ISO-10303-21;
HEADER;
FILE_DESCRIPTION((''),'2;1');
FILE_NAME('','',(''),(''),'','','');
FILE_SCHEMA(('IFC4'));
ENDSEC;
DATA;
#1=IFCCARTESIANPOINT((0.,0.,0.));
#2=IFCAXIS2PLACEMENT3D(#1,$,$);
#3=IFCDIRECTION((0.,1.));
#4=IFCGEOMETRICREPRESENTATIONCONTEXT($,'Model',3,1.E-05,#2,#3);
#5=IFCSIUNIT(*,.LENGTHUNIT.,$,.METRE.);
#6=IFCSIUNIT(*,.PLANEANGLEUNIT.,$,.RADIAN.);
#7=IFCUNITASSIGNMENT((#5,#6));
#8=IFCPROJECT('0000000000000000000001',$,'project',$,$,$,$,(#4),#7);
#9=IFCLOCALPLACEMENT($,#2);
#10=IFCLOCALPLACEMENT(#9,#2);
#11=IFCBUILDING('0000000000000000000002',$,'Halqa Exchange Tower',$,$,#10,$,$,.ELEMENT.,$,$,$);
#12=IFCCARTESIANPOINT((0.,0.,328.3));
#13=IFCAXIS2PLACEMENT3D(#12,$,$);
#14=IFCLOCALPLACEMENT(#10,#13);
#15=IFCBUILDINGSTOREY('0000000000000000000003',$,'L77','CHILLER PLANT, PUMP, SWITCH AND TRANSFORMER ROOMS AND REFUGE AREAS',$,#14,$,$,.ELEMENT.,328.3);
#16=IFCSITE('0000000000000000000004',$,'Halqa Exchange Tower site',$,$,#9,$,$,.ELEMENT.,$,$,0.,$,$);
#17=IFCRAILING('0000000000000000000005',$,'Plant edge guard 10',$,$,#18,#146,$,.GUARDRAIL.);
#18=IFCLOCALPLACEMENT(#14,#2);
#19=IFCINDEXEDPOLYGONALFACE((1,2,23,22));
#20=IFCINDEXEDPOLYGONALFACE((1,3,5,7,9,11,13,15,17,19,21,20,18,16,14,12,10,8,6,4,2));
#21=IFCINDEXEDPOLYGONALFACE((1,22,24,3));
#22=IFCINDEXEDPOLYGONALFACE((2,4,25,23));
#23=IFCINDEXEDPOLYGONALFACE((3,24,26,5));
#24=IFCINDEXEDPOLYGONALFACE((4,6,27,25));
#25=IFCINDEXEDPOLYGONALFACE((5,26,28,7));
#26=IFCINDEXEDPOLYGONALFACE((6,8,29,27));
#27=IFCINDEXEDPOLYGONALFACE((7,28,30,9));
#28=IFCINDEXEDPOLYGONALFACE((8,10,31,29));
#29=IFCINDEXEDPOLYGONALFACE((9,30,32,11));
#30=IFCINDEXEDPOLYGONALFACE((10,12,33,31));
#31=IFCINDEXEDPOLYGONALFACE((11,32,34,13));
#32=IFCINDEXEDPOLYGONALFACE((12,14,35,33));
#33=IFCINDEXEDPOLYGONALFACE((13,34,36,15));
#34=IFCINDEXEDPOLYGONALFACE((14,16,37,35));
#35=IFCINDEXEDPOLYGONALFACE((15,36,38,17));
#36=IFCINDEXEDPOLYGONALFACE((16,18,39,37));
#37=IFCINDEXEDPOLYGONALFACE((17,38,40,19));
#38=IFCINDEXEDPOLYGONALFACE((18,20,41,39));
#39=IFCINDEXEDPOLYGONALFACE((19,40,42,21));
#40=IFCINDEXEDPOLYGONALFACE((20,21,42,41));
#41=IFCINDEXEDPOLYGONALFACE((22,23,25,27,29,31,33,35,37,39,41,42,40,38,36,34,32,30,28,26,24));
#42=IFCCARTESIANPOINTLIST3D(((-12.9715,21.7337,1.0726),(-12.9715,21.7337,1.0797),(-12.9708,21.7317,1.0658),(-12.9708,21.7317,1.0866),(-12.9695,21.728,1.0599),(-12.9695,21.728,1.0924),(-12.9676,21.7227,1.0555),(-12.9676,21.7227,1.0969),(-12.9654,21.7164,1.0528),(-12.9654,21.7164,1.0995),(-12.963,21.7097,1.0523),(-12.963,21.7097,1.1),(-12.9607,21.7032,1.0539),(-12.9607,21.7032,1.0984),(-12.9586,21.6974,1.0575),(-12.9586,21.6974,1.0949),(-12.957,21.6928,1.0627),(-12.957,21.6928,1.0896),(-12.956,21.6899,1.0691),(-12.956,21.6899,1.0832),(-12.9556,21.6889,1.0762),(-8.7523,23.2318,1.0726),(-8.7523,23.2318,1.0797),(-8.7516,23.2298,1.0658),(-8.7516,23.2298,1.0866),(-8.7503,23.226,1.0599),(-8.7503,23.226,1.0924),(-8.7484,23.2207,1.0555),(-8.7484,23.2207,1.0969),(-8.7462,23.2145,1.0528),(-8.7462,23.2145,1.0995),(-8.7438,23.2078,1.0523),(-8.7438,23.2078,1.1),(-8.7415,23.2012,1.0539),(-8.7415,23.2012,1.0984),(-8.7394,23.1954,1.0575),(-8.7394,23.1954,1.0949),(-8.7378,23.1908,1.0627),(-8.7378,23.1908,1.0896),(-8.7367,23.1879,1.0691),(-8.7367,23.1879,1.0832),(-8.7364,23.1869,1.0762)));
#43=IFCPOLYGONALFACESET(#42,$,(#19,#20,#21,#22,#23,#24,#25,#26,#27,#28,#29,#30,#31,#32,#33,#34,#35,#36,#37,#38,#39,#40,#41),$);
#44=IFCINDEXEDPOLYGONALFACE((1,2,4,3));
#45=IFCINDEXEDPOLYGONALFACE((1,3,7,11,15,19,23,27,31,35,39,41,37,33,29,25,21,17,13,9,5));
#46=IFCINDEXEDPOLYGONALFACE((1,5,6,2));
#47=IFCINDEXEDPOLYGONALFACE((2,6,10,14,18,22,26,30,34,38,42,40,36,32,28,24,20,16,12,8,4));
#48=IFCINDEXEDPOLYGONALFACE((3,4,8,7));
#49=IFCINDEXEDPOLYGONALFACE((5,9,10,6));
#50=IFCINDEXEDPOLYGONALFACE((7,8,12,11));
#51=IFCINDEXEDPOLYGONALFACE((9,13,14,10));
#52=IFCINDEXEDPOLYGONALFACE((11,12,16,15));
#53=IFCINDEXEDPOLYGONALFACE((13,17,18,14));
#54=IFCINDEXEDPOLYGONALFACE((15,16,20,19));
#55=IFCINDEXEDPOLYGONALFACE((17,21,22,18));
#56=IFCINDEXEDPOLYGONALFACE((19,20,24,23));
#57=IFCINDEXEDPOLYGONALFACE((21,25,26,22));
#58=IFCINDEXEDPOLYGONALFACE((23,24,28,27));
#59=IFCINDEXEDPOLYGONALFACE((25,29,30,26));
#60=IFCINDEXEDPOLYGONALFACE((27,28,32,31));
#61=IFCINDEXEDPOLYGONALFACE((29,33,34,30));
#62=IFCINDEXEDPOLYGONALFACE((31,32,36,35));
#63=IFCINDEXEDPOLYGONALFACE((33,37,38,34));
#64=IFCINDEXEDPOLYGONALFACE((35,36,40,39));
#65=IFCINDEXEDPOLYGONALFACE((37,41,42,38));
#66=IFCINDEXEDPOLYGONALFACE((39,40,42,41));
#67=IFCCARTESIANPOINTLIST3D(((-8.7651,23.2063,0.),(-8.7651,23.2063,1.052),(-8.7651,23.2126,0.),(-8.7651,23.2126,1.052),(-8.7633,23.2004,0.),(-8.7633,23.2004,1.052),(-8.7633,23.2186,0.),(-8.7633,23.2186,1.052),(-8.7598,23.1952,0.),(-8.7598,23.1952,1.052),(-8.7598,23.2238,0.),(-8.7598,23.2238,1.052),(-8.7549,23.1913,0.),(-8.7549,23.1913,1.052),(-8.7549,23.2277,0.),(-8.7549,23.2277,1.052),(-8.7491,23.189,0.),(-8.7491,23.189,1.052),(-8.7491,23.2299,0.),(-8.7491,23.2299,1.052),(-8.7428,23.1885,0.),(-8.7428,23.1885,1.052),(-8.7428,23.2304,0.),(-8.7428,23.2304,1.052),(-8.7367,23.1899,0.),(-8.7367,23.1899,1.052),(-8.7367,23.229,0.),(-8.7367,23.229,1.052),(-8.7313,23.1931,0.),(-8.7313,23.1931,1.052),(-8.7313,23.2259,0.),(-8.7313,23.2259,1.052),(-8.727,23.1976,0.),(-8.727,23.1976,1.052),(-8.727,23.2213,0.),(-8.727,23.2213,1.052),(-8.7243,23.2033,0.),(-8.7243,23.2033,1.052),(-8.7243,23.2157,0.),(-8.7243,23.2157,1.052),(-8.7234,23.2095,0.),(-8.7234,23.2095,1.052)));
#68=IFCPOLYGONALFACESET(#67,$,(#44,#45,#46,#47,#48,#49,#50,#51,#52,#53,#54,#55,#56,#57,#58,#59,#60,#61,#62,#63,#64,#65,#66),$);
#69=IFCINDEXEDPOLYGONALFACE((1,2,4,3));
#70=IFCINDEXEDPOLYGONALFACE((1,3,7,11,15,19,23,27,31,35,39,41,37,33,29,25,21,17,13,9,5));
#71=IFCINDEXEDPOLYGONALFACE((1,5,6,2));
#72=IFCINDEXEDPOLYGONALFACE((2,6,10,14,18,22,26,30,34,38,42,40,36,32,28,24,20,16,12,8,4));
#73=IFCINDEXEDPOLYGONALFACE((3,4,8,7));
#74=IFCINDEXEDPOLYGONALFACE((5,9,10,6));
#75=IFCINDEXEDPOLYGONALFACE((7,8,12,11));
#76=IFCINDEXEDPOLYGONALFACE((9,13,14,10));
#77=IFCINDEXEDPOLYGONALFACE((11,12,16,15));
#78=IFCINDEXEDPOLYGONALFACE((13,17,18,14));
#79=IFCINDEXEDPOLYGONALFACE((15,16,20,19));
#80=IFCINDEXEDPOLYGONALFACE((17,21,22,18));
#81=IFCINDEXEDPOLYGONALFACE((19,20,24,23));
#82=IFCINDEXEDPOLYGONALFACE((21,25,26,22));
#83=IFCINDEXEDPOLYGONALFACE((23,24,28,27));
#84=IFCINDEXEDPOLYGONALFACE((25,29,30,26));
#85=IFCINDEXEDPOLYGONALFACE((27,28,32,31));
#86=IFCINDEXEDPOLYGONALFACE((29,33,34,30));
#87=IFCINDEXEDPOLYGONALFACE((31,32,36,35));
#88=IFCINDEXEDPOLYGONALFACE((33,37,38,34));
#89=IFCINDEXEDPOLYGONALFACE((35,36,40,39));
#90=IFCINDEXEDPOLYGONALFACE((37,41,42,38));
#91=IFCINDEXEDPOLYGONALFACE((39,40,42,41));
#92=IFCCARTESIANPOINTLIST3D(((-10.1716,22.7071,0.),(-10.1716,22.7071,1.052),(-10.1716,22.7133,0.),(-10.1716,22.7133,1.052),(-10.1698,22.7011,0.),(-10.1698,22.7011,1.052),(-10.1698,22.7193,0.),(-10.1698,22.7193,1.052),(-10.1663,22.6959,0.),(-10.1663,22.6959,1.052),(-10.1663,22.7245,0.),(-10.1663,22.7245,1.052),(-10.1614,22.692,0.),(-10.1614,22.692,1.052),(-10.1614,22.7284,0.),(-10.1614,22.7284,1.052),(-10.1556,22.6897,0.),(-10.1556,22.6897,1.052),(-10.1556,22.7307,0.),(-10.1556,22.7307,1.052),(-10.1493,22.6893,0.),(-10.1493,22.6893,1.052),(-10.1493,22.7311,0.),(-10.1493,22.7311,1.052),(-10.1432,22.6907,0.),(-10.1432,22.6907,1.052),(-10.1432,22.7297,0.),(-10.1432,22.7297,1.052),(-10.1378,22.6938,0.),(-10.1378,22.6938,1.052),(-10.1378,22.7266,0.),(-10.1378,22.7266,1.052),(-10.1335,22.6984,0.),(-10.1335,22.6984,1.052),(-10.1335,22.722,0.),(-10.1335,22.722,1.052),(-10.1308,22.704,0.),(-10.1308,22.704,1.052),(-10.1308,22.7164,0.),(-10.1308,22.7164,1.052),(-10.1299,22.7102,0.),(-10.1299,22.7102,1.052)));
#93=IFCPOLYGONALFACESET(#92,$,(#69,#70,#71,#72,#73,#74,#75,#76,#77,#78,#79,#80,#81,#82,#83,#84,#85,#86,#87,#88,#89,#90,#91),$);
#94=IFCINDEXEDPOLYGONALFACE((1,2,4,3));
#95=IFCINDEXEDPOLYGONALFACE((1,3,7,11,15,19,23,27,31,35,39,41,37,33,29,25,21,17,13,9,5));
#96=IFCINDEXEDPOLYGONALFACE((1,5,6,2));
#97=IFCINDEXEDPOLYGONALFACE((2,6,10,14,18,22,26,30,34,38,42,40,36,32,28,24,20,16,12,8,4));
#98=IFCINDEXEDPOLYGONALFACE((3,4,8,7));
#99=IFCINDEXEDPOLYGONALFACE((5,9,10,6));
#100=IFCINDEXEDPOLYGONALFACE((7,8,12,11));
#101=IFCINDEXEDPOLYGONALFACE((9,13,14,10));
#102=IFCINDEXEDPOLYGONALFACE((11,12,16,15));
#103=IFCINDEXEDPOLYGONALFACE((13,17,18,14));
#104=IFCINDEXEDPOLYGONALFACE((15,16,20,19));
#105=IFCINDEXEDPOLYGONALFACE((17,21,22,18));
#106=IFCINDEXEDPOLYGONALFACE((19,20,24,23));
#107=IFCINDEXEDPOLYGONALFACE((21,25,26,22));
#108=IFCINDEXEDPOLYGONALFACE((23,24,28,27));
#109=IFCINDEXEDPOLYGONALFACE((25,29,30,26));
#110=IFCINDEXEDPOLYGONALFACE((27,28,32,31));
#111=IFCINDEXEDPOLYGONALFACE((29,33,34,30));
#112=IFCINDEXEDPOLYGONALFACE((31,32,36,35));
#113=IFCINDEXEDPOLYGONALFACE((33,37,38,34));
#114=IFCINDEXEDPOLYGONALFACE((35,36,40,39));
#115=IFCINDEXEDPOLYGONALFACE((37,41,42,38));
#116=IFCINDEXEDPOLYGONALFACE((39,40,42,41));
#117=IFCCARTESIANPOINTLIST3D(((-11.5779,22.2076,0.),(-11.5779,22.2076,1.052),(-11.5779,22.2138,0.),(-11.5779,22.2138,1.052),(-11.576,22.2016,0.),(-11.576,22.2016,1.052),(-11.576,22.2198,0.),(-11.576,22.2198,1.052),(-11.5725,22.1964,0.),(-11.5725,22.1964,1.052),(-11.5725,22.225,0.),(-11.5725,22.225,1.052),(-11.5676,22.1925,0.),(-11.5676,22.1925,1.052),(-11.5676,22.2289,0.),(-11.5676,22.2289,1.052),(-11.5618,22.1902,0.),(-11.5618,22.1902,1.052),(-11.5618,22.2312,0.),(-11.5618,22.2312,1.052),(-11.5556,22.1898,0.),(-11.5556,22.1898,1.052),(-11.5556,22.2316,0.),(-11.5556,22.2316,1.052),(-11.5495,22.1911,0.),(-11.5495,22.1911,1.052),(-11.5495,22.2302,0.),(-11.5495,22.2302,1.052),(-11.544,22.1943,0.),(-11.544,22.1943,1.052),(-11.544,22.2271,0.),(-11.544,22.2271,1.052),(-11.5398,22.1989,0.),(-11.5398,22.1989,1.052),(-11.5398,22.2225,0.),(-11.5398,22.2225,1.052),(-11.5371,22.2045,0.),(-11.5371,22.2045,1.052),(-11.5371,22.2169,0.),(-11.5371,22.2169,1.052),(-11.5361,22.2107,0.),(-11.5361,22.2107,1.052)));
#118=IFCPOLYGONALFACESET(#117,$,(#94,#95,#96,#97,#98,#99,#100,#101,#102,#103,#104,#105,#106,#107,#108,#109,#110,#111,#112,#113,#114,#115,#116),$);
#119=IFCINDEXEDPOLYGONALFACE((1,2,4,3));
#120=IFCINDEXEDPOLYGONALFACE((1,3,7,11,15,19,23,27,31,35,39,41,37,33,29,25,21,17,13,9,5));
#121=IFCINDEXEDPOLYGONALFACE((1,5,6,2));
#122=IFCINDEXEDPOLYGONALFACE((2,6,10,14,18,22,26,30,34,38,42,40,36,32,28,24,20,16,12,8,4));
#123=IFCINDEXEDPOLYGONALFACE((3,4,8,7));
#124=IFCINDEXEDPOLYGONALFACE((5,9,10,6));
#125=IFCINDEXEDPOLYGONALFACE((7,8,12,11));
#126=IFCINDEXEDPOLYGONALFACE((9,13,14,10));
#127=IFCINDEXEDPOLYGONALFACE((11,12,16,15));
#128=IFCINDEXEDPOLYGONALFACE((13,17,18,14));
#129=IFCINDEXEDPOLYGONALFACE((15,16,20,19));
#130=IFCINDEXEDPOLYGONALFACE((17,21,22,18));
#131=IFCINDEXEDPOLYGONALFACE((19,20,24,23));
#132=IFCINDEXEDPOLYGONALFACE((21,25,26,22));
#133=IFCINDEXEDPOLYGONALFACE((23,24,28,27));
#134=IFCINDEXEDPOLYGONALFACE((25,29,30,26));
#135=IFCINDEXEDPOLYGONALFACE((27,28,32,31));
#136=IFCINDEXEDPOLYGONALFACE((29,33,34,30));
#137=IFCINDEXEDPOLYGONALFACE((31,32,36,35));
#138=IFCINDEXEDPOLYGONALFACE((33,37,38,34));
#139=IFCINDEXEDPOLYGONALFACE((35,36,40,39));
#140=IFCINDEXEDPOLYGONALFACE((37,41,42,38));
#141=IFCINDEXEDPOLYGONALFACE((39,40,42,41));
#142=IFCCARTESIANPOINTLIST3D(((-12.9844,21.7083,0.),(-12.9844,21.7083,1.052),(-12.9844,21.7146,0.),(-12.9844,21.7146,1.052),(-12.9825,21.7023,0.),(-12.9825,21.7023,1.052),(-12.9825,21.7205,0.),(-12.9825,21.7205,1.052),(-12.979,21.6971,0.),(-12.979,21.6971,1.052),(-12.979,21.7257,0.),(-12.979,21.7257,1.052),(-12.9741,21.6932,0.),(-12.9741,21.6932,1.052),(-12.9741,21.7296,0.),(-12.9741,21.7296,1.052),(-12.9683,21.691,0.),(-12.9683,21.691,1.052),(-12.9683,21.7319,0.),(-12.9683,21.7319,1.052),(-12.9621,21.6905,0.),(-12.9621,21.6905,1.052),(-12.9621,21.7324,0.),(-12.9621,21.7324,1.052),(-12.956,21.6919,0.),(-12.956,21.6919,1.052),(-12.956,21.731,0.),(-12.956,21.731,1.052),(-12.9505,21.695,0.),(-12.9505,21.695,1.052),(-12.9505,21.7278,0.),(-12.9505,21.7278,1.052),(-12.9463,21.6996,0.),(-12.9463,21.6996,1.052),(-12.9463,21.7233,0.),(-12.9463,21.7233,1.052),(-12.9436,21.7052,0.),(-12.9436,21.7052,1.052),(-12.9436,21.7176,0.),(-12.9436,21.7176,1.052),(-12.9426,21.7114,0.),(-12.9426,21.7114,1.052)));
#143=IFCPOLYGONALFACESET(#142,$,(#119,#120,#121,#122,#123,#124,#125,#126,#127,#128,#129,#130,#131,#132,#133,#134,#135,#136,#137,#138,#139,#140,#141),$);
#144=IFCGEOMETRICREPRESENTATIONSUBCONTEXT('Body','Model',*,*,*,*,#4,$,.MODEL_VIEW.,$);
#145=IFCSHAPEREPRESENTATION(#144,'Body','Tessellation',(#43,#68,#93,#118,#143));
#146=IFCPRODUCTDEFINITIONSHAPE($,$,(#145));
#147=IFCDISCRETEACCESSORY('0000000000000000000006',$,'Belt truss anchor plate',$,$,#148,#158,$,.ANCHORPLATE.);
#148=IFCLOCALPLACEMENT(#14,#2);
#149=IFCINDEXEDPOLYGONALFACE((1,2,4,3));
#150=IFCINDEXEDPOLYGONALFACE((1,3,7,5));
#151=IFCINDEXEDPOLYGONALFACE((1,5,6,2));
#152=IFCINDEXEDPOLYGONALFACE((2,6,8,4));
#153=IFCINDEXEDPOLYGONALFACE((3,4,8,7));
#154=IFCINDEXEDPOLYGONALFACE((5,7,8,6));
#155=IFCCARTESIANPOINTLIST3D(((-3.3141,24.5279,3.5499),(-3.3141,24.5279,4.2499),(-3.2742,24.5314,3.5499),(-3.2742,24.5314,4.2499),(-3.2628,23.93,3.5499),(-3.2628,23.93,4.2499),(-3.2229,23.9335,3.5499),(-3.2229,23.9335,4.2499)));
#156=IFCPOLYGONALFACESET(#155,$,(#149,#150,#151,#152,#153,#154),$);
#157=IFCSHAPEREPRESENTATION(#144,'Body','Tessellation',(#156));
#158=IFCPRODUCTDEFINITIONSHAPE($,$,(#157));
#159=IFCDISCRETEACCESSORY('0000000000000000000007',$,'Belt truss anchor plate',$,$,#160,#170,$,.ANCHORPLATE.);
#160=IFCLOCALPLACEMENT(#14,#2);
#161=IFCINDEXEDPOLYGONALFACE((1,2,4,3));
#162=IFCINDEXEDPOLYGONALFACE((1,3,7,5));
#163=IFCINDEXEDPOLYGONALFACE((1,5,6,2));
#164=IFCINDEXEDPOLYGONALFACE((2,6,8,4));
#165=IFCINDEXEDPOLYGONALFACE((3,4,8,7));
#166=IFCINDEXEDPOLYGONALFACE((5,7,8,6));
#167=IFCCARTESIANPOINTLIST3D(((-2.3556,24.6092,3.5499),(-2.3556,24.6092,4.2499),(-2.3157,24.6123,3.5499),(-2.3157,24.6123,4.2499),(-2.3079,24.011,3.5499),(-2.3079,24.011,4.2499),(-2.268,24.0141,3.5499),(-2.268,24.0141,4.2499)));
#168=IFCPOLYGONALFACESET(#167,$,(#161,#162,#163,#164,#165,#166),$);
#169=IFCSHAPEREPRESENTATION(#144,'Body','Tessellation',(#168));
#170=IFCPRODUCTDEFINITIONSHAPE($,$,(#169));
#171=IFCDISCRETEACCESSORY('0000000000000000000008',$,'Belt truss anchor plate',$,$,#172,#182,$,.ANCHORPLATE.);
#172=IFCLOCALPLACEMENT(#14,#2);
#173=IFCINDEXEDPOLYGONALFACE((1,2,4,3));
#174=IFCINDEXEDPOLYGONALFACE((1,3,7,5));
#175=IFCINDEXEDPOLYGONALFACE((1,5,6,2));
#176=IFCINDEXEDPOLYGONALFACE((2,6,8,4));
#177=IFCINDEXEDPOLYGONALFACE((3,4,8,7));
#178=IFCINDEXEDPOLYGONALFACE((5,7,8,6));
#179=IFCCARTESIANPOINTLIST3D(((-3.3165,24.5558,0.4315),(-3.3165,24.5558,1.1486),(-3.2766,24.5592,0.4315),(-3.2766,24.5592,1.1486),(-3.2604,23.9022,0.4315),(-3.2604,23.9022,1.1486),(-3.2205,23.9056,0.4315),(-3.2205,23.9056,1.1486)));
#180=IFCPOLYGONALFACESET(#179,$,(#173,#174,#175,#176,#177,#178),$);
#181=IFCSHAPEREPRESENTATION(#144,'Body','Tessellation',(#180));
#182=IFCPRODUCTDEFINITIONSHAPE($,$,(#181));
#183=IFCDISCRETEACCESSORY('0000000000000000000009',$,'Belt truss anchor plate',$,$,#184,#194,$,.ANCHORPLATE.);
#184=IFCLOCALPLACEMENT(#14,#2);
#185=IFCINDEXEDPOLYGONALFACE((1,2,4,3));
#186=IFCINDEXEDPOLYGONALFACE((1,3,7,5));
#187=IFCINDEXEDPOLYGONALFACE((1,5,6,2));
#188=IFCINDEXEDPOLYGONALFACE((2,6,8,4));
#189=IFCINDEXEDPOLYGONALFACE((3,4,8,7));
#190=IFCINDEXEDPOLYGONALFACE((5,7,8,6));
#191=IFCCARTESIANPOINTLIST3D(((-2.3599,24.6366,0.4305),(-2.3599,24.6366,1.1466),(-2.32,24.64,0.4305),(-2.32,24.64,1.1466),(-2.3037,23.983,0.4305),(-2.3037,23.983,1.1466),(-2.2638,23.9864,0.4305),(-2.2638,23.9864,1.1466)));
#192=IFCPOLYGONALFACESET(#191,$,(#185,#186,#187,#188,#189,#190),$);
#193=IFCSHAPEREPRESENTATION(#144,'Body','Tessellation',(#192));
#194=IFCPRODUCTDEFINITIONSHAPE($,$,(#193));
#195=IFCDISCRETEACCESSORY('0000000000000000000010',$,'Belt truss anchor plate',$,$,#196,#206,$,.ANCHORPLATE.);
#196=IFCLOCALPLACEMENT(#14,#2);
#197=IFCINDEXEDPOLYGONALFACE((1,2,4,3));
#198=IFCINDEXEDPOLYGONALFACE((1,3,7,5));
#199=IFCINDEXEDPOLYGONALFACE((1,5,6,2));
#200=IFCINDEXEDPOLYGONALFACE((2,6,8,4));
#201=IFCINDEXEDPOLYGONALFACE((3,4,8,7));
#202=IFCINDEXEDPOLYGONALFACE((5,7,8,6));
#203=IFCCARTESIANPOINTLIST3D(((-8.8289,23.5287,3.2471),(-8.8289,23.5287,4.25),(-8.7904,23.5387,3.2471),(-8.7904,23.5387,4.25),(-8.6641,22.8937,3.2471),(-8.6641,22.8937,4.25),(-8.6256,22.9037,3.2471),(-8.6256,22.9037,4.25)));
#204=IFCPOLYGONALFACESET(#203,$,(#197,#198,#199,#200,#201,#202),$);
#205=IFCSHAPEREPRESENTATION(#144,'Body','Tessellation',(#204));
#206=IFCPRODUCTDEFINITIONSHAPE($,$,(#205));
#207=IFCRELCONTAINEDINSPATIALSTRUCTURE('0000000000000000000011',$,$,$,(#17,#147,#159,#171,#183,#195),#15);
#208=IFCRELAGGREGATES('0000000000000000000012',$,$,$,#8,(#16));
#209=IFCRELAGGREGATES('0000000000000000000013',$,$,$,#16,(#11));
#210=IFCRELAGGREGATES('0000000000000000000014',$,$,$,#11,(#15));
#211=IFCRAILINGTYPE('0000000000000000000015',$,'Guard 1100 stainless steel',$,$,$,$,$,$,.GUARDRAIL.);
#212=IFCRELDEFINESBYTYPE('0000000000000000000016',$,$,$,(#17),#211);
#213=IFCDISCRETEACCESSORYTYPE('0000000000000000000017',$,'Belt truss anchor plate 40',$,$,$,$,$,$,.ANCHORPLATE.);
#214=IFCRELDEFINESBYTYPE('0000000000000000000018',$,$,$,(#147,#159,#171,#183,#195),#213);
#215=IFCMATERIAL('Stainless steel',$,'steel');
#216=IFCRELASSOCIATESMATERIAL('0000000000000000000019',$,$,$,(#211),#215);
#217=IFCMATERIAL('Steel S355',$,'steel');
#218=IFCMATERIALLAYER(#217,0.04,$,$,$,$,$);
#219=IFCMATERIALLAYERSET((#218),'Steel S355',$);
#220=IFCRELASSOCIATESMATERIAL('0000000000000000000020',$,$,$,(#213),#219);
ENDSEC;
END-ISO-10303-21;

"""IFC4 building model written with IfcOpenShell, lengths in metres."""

from ifc_helpers import new_model, si_unit, direction, frame, origin, origin_2d, place, context, subcontext, project, spatial, rectangle, circle, extrude, material, layer, layer_set, type_object, element, save


model = new_model("IFC4")

# Units and contexts
model_context = context("Model", 3, precision=1e-05, world=origin(), true_north=direction((0.0, 1.0)))
body_context = subcontext(model_context, "Body", "Model", "MODEL_VIEW")
ifc_project = project(units=[si_unit("LENGTHUNIT", "METRE"), si_unit("PLANEANGLEUNIT", "RADIAN")], contexts=[model_context])

# Site, building, storey
site_placement = place(None, origin())
site = spatial("IfcSite", under=ifc_project, at=site_placement, Name="Halqa Exchange Tower site", CompositionType="ELEMENT", RefElevation=0.0)
building_placement = place(site_placement, origin())
building = spatial("IfcBuilding", under=site, at=building_placement, Name="Halqa Exchange Tower", CompositionType="ELEMENT")
storey_placement = place(building_placement, frame((0.0, 0.0, 328.3)))
storey = spatial("IfcBuildingStorey", under=building, at=storey_placement, Name="L77", Description="CHILLER PLANT, PUMP, SWITCH AND TRANSFORMER ROOMS AND REFUGE AREAS", CompositionType="ELEMENT", Elevation=328.3)

# Shared definitions
ifc_material_1 = material(Name="Steel S355", Category="steel")

# Railing
ifc_material_2 = material(Name="Stainless steel", Category="steel")
railing_type = type_object("IfcRailingType", Name="Guard 1100 stainless steel", PredefinedType="GUARDRAIL", material=ifc_material_2)
railing_1_placement = place(storey_placement, frame((-8.7444, 23.2095, 0.0)))
element("IfcRailing", 1, at=railing_1_placement, inside=storey, type_object=railing_type, Name="Plant edge guard 10", PredefinedType="GUARDRAIL", context=body_context, shape_type="SweptSolid", body=[
    extrude(circle(Radius=0.0239, at=origin_2d()), frame((0.0, 0.0, 1.0762), z_axis=(-0.942365, -0.334588, 0.0), x_axis=(0.334588, -0.942365, 0.0)), (0.0, 0.0, 1.0), 4.4773),
    extrude(circle(Radius=0.021, at=origin_2d()), origin(), (0.0, 0.0, 1.0), 1.052),
    extrude(circle(Radius=0.021, at=origin_2d()), frame((-1.4065, -0.4993, 0.0)), (0.0, 0.0, 1.0), 1.052),
    extrude(circle(Radius=0.021, at=origin_2d()), frame((-2.8127, -0.9988, 0.0)), (0.0, 0.0, 1.0), 1.052),
    extrude(circle(Radius=0.021, at=origin_2d()), frame((-4.2192, -1.498, 0.0)), (0.0, 0.0, 1.0), 1.052),
])

# Discrete accessories
ifc_layer_1 = layer(ifc_material_1, 0.04)
ifc_layer_set_1 = layer_set([ifc_layer_1], Name="Steel S355")
discrete_accessory_type = type_object("IfcDiscreteAccessoryType", Name="Belt truss anchor plate 40", PredefinedType="ANCHORPLATE", material=ifc_layer_set_1)
for number, where, z_axis, x_axis, name in (
    (2, (-3.2485, 24.2324, 3.8999), (-0.996332, -0.085575, 0.0), (0.085575, -0.996332, 0.0), "Belt truss anchor plate"),
    (3, (-2.3318, 24.3101, 3.8999), (0.996835, 0.079502, 0.0), (-0.079502, 0.996835, 0.0), "Belt truss anchor plate"),
):
    element("IfcDiscreteAccessory", number, at=place(storey_placement, frame(where, z_axis=z_axis, x_axis=x_axis)), inside=storey, type_object=discrete_accessory_type, Name=name, PredefinedType="ANCHORPLATE", context=body_context, shape_type="SweptSolid", body=[
        extrude(rectangle(XDim=0.6001, YDim=0.7, at=origin_2d()), origin(), (0.0, 0.0, 1.0), 0.04),
    ])
discrete_accessory_1_placement = place(storey_placement, frame((-3.2485, 24.2324, 0.79), z_axis=(-0.996332, -0.085575, 0.0), x_axis=(0.085575, -0.996332, 0.0)))
element("IfcDiscreteAccessory", 4, at=discrete_accessory_1_placement, inside=storey, type_object=discrete_accessory_type, Name="Belt truss anchor plate", PredefinedType="ANCHORPLATE", context=body_context, shape_type="SweptSolid", body=[
    extrude(rectangle(XDim=0.656, YDim=0.717, at=origin_2d()), origin(), (0.0, 0.0, 1.0), 0.04),
])
discrete_accessory_2_placement = place(storey_placement, frame((-2.3318, 24.3098, 0.7886), z_axis=(0.996332, 0.085575, 0.0), x_axis=(-0.085575, 0.996332, 0.0)))
element("IfcDiscreteAccessory", 5, at=discrete_accessory_2_placement, inside=storey, type_object=discrete_accessory_type, Name="Belt truss anchor plate", PredefinedType="ANCHORPLATE", context=body_context, shape_type="SweptSolid", body=[
    extrude(rectangle(XDim=0.656, YDim=0.7161, at=origin_2d()), origin(), (0.0, 0.0, 1.0), 0.04),
])
discrete_accessory_3_placement = place(storey_placement, frame((-8.708, 23.2212, 3.7485), z_axis=(-0.967942, -0.251175, 0.0), x_axis=(0.251175, -0.967942, 0.0)))
element("IfcDiscreteAccessory", 6, at=discrete_accessory_3_placement, inside=storey, type_object=discrete_accessory_type, Name="Belt truss anchor plate", PredefinedType="ANCHORPLATE", context=body_context, shape_type="SweptSolid", body=[
    extrude(rectangle(XDim=0.656, YDim=1.0029, at=origin_2d()), origin(), (0.0, 0.0, 1.0), 0.0398),
])

save(model, "model.ifc")
